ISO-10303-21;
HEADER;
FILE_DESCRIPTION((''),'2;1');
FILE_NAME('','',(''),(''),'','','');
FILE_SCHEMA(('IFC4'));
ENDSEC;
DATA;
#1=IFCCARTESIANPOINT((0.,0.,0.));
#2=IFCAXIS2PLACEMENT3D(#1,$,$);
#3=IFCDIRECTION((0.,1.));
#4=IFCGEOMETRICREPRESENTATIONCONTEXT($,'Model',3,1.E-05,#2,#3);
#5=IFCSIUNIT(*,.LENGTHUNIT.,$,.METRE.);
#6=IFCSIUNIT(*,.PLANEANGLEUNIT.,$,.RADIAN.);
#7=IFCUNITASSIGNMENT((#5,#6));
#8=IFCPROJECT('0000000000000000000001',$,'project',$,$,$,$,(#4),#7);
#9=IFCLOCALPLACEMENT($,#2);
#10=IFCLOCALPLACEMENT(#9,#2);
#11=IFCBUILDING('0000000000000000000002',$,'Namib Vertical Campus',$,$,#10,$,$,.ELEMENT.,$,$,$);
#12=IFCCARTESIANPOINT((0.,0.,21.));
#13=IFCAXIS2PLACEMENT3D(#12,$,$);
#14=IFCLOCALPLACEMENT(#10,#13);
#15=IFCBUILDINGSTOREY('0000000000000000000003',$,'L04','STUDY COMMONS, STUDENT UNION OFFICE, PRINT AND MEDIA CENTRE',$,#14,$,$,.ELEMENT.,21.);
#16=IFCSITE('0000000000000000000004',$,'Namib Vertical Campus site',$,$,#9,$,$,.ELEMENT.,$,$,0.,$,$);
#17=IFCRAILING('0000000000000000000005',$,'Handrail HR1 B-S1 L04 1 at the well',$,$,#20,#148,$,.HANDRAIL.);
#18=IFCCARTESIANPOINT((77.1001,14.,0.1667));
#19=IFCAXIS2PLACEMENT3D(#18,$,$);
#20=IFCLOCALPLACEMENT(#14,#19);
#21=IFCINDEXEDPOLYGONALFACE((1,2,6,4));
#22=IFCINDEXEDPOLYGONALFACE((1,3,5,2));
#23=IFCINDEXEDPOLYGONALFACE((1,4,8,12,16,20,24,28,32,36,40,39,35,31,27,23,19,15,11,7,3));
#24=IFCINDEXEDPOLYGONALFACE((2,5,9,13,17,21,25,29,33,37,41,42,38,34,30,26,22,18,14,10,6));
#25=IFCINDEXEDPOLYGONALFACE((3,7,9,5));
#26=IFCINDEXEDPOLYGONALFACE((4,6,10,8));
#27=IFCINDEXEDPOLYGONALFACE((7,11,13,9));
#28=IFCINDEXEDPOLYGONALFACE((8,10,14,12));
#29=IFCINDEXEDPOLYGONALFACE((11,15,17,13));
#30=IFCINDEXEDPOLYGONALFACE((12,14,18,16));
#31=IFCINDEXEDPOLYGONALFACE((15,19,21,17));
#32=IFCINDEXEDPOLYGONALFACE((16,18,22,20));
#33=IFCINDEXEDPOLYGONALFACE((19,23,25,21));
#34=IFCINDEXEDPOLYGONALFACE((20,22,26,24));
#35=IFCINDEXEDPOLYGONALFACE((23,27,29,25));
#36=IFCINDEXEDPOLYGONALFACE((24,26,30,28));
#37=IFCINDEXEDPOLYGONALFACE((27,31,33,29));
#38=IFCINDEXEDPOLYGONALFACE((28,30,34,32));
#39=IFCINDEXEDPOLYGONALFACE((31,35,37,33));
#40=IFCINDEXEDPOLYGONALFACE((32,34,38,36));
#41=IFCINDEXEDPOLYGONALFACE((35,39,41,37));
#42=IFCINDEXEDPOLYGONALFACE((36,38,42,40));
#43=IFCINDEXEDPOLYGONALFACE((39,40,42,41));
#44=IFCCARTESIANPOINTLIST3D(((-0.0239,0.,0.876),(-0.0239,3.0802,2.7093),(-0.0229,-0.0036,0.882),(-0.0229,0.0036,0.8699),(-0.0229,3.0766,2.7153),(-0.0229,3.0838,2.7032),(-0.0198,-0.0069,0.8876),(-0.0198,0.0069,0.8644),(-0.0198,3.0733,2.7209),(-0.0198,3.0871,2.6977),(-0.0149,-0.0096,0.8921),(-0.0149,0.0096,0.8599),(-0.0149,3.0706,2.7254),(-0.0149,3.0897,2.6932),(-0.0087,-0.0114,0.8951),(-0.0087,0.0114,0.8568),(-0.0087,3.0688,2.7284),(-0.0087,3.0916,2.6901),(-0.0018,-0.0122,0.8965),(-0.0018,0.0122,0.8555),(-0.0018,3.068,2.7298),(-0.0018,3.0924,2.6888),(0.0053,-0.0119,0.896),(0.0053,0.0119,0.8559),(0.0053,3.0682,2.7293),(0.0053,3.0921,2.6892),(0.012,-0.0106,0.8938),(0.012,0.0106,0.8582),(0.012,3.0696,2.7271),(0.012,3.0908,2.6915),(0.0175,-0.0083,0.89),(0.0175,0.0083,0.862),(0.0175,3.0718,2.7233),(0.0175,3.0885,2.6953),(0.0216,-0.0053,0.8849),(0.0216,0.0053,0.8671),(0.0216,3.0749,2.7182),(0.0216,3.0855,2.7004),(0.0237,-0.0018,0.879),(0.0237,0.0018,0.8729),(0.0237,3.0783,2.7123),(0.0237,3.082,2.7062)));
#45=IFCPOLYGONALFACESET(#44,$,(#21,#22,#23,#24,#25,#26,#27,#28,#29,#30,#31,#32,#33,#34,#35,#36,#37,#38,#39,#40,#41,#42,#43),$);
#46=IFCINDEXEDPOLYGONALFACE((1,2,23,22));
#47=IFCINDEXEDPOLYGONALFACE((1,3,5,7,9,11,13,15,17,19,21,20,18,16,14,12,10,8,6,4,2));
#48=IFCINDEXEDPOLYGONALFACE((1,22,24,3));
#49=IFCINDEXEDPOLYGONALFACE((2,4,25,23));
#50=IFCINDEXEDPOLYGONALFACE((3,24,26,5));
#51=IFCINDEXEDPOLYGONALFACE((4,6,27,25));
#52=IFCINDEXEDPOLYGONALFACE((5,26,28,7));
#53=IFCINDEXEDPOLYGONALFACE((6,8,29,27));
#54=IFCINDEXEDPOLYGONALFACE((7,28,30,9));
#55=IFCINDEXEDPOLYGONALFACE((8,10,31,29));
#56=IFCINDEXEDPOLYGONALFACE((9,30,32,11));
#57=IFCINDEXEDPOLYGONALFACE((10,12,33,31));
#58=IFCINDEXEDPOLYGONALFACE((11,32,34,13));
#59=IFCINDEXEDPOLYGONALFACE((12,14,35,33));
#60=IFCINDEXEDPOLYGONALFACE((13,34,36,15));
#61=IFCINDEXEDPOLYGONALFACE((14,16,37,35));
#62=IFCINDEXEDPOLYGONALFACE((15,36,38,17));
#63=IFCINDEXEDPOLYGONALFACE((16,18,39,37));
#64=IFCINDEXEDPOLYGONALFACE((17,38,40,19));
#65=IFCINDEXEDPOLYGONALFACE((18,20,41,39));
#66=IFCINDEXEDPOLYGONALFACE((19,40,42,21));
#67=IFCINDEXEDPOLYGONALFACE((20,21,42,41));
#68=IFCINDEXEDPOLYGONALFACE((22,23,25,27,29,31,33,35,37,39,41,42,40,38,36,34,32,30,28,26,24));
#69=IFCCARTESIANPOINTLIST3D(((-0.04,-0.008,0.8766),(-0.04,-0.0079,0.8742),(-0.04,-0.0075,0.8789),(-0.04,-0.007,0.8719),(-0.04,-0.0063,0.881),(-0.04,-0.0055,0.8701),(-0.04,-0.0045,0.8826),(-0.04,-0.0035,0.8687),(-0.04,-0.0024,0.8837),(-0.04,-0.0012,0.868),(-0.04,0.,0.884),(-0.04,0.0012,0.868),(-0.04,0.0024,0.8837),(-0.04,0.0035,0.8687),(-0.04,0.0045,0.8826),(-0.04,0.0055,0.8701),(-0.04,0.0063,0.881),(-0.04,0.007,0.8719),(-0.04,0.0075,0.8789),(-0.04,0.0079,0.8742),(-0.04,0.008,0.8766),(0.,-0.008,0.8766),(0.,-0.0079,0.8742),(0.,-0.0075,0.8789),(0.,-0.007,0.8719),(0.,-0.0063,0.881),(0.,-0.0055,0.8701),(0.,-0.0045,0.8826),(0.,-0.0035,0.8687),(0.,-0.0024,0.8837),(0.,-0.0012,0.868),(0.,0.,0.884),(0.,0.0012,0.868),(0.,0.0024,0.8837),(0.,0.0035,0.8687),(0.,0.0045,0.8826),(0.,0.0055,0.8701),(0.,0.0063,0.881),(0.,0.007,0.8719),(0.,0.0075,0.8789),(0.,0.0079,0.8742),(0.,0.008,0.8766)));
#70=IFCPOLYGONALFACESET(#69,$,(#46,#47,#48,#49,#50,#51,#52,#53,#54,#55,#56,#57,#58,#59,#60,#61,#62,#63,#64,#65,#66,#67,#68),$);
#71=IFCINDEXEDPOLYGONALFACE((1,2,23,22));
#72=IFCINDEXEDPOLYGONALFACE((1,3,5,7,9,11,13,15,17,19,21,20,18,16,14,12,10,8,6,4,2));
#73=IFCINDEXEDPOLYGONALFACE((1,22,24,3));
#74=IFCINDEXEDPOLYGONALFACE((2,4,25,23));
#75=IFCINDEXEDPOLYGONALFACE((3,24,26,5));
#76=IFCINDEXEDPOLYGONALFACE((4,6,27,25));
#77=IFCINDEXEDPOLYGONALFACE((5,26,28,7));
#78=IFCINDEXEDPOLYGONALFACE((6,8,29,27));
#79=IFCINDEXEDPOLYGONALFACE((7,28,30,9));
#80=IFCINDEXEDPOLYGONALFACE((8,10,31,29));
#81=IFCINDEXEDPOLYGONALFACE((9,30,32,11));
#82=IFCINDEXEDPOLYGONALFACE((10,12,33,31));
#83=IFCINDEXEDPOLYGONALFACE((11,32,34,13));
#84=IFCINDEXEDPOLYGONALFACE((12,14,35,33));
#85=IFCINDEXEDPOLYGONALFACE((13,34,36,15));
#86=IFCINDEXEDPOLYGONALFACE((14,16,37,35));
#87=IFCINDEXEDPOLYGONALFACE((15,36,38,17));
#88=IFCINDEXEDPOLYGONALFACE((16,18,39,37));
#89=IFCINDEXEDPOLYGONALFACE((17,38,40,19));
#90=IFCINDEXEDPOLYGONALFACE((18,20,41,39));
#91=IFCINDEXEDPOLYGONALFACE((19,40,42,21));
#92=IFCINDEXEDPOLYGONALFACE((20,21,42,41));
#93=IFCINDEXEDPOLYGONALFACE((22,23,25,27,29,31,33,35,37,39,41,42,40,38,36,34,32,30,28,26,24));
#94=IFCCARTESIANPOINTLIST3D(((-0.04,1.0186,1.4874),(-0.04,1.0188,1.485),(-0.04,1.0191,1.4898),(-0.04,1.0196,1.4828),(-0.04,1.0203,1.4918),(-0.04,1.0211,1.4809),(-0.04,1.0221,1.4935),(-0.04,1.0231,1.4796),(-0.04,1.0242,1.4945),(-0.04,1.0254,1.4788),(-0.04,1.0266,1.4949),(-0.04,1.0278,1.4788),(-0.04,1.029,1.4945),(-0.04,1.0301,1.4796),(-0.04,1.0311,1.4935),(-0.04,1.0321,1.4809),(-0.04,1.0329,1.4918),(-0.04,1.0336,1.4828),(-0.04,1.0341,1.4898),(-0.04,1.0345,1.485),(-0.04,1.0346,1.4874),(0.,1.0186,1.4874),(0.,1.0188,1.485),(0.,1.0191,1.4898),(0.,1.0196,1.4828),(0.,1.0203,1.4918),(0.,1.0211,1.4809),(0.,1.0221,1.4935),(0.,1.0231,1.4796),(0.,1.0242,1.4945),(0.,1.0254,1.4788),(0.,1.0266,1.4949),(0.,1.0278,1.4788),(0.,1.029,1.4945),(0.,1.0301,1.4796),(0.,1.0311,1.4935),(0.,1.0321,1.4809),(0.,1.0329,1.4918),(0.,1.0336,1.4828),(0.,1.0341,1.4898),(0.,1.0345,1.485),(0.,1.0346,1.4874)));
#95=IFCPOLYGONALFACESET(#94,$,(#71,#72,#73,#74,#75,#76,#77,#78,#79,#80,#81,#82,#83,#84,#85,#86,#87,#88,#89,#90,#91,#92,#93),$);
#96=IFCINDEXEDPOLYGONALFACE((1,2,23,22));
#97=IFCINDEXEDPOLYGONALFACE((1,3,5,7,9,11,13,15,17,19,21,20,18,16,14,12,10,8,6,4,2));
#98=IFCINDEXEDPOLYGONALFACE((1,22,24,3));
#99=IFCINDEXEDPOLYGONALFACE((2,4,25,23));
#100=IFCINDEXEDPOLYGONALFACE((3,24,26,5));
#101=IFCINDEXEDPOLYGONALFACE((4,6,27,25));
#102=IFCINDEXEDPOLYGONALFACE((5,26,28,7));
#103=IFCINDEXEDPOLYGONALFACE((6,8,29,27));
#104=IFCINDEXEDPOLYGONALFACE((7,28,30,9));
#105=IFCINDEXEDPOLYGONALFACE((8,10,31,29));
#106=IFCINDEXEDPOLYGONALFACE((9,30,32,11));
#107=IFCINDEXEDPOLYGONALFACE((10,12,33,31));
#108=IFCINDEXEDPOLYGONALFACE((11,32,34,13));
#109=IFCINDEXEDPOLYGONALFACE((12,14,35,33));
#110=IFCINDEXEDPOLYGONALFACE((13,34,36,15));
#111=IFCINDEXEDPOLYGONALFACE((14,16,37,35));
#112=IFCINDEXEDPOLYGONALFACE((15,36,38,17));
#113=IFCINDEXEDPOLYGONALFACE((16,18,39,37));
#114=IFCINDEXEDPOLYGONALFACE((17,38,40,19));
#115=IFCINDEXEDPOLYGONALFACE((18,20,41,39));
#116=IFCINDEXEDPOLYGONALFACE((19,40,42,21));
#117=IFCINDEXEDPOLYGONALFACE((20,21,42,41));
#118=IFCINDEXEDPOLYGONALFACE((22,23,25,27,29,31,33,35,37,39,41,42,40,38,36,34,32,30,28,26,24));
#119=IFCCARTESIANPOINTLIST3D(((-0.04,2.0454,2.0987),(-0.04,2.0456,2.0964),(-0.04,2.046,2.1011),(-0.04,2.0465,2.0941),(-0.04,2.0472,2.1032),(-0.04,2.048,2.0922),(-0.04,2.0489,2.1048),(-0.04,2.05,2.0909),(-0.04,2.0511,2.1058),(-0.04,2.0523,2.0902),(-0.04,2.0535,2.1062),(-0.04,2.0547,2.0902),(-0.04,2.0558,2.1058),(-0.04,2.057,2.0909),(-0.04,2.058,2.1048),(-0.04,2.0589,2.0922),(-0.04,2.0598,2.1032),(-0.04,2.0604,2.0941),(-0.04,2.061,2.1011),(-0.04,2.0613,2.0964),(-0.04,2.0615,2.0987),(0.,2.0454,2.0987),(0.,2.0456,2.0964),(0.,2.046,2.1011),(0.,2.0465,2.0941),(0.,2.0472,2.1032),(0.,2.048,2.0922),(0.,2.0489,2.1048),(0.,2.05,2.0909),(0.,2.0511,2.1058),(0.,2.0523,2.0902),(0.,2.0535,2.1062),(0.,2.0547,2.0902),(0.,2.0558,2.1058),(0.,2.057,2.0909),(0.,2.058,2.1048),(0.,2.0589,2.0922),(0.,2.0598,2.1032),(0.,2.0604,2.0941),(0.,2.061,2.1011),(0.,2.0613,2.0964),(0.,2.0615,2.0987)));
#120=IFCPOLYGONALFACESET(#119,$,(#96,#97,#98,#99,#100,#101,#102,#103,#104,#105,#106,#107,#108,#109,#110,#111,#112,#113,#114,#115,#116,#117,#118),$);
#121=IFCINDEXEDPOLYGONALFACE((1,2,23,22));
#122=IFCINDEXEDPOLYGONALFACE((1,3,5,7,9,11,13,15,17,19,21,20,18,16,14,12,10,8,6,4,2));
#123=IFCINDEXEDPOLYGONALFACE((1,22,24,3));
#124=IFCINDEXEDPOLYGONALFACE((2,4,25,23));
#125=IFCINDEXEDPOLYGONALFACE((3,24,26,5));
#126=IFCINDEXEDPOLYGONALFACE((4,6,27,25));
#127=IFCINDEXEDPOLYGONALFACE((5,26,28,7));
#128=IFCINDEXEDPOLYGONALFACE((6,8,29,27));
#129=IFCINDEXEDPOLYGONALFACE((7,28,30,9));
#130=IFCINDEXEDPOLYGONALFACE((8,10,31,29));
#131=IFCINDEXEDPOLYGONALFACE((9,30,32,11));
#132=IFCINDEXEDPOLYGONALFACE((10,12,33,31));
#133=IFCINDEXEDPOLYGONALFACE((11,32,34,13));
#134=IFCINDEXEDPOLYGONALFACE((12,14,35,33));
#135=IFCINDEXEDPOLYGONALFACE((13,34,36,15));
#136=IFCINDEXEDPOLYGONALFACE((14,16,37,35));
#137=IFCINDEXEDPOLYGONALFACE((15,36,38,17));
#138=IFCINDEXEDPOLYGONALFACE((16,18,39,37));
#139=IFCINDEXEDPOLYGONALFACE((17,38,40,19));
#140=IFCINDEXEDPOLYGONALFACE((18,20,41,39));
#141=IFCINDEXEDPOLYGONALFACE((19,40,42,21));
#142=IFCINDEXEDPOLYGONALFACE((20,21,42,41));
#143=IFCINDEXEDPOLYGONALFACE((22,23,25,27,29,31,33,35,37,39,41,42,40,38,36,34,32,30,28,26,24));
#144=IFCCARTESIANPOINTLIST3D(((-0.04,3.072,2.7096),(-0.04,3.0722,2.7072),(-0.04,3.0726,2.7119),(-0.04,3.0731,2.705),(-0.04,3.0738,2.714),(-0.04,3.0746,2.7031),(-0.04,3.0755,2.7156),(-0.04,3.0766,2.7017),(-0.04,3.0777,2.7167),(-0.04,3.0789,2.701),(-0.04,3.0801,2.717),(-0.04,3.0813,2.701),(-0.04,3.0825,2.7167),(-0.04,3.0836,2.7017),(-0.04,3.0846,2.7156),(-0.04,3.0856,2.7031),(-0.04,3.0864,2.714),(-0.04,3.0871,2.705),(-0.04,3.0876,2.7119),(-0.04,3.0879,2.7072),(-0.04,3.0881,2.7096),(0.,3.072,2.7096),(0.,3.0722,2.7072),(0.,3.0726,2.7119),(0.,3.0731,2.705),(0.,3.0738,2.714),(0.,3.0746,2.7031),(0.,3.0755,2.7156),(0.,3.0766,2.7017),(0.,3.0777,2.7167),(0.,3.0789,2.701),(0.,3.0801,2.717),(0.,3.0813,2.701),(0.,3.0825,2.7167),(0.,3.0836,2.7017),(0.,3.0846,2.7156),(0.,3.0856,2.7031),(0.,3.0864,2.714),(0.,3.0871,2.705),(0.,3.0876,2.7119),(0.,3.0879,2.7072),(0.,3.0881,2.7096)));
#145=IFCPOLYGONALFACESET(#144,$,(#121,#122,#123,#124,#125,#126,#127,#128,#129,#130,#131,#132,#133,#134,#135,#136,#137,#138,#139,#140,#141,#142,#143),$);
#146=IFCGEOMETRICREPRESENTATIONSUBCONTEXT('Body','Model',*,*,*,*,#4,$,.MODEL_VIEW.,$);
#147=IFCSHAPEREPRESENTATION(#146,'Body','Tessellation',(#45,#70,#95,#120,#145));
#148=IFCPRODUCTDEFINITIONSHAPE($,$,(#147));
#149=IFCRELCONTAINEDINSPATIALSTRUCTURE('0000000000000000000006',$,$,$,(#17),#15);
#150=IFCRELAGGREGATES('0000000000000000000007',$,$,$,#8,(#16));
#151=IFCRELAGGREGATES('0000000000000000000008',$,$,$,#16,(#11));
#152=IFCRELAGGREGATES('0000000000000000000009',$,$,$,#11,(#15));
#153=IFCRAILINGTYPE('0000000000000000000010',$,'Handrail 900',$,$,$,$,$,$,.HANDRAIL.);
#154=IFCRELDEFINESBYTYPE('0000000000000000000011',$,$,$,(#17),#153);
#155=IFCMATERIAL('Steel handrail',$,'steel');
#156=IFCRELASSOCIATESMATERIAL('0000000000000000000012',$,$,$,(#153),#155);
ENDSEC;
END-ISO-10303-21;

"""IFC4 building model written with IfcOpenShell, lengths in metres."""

from ifc_helpers import new_model, si_unit, direction, frame, origin, origin_2d, place, context, subcontext, project, spatial, circle, extrude, material, type_object, element, save


model = new_model("IFC4")

# Units and contexts
model_context = context("Model", 3, precision=1e-05, world=origin(), true_north=direction((0.0, 1.0)))
body_context = subcontext(model_context, "Body", "Model", "MODEL_VIEW")
ifc_project = project(units=[si_unit("LENGTHUNIT", "METRE"), si_unit("PLANEANGLEUNIT", "RADIAN")], contexts=[model_context])

# Site, building, storey
site_placement = place(None, origin())
site = spatial("IfcSite", under=ifc_project, at=site_placement, Name="Namib Vertical Campus site", CompositionType="ELEMENT", RefElevation=0.0)
building_placement = place(site_placement, origin())
building = spatial("IfcBuilding", under=site, at=building_placement, Name="Namib Vertical Campus", CompositionType="ELEMENT")
storey_placement = place(building_placement, frame((0.0, 0.0, 21.0)))
storey = spatial("IfcBuildingStorey", under=building, at=storey_placement, Name="L04", Description="STUDY COMMONS, STUDENT UNION OFFICE, PRINT AND MEDIA CENTRE", CompositionType="ELEMENT", Elevation=21.0)

# Railing
ifc_material_1 = material(Name="Steel handrail", Category="steel")
railing_type_1 = type_object("IfcRailingType", Name="Handrail 900", PredefinedType="HANDRAIL", material=ifc_material_1)
railing_1_placement = place(storey_placement, frame((77.1001, 14.0, 0.1667)))
element("IfcRailing", 1, at=railing_1_placement, inside=storey, type_object=railing_type_1, Name="Handrail HR1 B-S1 L04 1 at the well", PredefinedType="HANDRAIL", context=body_context, shape_type="SweptSolid", body=[
    extrude(circle(Radius=0.0239, at=origin_2d()), frame((0.0, 0.0, 0.876), z_axis=(0.0, 0.859309, 0.511458), x_axis=(-1.0, 0.0, 0.0)), (0.0, 0.0, 1.0), 3.5845),
    extrude(circle(Radius=0.0081, at=origin_2d()), frame((0.0, 0.0, 0.876), z_axis=(-1.0, 0.0, 0.0), x_axis=(0.0, 0.0, 1.0)), (0.0, 0.0, 1.0), 0.04),
    extrude(circle(Radius=0.0081, at=origin_2d()), frame((0.0, 1.0266, 1.4868), z_axis=(-1.0, 0.0, 0.0), x_axis=(0.0, 0.0, 1.0)), (0.0, 0.0, 1.0), 0.04),
    extrude(circle(Radius=0.0081, at=origin_2d()), frame((0.0, 2.0535, 2.0981), z_axis=(-1.0, 0.0, 0.0), x_axis=(0.0, 0.0, 1.0)), (0.0, 0.0, 1.0), 0.04),
    extrude(circle(Radius=0.0081, at=origin_2d()), frame((0.0, 3.0801, 2.709), z_axis=(-1.0, 0.0, 0.0), x_axis=(0.0, 0.0, 1.0)), (0.0, 0.0, 1.0), 0.04),
])

save(model, "model.ifc")
